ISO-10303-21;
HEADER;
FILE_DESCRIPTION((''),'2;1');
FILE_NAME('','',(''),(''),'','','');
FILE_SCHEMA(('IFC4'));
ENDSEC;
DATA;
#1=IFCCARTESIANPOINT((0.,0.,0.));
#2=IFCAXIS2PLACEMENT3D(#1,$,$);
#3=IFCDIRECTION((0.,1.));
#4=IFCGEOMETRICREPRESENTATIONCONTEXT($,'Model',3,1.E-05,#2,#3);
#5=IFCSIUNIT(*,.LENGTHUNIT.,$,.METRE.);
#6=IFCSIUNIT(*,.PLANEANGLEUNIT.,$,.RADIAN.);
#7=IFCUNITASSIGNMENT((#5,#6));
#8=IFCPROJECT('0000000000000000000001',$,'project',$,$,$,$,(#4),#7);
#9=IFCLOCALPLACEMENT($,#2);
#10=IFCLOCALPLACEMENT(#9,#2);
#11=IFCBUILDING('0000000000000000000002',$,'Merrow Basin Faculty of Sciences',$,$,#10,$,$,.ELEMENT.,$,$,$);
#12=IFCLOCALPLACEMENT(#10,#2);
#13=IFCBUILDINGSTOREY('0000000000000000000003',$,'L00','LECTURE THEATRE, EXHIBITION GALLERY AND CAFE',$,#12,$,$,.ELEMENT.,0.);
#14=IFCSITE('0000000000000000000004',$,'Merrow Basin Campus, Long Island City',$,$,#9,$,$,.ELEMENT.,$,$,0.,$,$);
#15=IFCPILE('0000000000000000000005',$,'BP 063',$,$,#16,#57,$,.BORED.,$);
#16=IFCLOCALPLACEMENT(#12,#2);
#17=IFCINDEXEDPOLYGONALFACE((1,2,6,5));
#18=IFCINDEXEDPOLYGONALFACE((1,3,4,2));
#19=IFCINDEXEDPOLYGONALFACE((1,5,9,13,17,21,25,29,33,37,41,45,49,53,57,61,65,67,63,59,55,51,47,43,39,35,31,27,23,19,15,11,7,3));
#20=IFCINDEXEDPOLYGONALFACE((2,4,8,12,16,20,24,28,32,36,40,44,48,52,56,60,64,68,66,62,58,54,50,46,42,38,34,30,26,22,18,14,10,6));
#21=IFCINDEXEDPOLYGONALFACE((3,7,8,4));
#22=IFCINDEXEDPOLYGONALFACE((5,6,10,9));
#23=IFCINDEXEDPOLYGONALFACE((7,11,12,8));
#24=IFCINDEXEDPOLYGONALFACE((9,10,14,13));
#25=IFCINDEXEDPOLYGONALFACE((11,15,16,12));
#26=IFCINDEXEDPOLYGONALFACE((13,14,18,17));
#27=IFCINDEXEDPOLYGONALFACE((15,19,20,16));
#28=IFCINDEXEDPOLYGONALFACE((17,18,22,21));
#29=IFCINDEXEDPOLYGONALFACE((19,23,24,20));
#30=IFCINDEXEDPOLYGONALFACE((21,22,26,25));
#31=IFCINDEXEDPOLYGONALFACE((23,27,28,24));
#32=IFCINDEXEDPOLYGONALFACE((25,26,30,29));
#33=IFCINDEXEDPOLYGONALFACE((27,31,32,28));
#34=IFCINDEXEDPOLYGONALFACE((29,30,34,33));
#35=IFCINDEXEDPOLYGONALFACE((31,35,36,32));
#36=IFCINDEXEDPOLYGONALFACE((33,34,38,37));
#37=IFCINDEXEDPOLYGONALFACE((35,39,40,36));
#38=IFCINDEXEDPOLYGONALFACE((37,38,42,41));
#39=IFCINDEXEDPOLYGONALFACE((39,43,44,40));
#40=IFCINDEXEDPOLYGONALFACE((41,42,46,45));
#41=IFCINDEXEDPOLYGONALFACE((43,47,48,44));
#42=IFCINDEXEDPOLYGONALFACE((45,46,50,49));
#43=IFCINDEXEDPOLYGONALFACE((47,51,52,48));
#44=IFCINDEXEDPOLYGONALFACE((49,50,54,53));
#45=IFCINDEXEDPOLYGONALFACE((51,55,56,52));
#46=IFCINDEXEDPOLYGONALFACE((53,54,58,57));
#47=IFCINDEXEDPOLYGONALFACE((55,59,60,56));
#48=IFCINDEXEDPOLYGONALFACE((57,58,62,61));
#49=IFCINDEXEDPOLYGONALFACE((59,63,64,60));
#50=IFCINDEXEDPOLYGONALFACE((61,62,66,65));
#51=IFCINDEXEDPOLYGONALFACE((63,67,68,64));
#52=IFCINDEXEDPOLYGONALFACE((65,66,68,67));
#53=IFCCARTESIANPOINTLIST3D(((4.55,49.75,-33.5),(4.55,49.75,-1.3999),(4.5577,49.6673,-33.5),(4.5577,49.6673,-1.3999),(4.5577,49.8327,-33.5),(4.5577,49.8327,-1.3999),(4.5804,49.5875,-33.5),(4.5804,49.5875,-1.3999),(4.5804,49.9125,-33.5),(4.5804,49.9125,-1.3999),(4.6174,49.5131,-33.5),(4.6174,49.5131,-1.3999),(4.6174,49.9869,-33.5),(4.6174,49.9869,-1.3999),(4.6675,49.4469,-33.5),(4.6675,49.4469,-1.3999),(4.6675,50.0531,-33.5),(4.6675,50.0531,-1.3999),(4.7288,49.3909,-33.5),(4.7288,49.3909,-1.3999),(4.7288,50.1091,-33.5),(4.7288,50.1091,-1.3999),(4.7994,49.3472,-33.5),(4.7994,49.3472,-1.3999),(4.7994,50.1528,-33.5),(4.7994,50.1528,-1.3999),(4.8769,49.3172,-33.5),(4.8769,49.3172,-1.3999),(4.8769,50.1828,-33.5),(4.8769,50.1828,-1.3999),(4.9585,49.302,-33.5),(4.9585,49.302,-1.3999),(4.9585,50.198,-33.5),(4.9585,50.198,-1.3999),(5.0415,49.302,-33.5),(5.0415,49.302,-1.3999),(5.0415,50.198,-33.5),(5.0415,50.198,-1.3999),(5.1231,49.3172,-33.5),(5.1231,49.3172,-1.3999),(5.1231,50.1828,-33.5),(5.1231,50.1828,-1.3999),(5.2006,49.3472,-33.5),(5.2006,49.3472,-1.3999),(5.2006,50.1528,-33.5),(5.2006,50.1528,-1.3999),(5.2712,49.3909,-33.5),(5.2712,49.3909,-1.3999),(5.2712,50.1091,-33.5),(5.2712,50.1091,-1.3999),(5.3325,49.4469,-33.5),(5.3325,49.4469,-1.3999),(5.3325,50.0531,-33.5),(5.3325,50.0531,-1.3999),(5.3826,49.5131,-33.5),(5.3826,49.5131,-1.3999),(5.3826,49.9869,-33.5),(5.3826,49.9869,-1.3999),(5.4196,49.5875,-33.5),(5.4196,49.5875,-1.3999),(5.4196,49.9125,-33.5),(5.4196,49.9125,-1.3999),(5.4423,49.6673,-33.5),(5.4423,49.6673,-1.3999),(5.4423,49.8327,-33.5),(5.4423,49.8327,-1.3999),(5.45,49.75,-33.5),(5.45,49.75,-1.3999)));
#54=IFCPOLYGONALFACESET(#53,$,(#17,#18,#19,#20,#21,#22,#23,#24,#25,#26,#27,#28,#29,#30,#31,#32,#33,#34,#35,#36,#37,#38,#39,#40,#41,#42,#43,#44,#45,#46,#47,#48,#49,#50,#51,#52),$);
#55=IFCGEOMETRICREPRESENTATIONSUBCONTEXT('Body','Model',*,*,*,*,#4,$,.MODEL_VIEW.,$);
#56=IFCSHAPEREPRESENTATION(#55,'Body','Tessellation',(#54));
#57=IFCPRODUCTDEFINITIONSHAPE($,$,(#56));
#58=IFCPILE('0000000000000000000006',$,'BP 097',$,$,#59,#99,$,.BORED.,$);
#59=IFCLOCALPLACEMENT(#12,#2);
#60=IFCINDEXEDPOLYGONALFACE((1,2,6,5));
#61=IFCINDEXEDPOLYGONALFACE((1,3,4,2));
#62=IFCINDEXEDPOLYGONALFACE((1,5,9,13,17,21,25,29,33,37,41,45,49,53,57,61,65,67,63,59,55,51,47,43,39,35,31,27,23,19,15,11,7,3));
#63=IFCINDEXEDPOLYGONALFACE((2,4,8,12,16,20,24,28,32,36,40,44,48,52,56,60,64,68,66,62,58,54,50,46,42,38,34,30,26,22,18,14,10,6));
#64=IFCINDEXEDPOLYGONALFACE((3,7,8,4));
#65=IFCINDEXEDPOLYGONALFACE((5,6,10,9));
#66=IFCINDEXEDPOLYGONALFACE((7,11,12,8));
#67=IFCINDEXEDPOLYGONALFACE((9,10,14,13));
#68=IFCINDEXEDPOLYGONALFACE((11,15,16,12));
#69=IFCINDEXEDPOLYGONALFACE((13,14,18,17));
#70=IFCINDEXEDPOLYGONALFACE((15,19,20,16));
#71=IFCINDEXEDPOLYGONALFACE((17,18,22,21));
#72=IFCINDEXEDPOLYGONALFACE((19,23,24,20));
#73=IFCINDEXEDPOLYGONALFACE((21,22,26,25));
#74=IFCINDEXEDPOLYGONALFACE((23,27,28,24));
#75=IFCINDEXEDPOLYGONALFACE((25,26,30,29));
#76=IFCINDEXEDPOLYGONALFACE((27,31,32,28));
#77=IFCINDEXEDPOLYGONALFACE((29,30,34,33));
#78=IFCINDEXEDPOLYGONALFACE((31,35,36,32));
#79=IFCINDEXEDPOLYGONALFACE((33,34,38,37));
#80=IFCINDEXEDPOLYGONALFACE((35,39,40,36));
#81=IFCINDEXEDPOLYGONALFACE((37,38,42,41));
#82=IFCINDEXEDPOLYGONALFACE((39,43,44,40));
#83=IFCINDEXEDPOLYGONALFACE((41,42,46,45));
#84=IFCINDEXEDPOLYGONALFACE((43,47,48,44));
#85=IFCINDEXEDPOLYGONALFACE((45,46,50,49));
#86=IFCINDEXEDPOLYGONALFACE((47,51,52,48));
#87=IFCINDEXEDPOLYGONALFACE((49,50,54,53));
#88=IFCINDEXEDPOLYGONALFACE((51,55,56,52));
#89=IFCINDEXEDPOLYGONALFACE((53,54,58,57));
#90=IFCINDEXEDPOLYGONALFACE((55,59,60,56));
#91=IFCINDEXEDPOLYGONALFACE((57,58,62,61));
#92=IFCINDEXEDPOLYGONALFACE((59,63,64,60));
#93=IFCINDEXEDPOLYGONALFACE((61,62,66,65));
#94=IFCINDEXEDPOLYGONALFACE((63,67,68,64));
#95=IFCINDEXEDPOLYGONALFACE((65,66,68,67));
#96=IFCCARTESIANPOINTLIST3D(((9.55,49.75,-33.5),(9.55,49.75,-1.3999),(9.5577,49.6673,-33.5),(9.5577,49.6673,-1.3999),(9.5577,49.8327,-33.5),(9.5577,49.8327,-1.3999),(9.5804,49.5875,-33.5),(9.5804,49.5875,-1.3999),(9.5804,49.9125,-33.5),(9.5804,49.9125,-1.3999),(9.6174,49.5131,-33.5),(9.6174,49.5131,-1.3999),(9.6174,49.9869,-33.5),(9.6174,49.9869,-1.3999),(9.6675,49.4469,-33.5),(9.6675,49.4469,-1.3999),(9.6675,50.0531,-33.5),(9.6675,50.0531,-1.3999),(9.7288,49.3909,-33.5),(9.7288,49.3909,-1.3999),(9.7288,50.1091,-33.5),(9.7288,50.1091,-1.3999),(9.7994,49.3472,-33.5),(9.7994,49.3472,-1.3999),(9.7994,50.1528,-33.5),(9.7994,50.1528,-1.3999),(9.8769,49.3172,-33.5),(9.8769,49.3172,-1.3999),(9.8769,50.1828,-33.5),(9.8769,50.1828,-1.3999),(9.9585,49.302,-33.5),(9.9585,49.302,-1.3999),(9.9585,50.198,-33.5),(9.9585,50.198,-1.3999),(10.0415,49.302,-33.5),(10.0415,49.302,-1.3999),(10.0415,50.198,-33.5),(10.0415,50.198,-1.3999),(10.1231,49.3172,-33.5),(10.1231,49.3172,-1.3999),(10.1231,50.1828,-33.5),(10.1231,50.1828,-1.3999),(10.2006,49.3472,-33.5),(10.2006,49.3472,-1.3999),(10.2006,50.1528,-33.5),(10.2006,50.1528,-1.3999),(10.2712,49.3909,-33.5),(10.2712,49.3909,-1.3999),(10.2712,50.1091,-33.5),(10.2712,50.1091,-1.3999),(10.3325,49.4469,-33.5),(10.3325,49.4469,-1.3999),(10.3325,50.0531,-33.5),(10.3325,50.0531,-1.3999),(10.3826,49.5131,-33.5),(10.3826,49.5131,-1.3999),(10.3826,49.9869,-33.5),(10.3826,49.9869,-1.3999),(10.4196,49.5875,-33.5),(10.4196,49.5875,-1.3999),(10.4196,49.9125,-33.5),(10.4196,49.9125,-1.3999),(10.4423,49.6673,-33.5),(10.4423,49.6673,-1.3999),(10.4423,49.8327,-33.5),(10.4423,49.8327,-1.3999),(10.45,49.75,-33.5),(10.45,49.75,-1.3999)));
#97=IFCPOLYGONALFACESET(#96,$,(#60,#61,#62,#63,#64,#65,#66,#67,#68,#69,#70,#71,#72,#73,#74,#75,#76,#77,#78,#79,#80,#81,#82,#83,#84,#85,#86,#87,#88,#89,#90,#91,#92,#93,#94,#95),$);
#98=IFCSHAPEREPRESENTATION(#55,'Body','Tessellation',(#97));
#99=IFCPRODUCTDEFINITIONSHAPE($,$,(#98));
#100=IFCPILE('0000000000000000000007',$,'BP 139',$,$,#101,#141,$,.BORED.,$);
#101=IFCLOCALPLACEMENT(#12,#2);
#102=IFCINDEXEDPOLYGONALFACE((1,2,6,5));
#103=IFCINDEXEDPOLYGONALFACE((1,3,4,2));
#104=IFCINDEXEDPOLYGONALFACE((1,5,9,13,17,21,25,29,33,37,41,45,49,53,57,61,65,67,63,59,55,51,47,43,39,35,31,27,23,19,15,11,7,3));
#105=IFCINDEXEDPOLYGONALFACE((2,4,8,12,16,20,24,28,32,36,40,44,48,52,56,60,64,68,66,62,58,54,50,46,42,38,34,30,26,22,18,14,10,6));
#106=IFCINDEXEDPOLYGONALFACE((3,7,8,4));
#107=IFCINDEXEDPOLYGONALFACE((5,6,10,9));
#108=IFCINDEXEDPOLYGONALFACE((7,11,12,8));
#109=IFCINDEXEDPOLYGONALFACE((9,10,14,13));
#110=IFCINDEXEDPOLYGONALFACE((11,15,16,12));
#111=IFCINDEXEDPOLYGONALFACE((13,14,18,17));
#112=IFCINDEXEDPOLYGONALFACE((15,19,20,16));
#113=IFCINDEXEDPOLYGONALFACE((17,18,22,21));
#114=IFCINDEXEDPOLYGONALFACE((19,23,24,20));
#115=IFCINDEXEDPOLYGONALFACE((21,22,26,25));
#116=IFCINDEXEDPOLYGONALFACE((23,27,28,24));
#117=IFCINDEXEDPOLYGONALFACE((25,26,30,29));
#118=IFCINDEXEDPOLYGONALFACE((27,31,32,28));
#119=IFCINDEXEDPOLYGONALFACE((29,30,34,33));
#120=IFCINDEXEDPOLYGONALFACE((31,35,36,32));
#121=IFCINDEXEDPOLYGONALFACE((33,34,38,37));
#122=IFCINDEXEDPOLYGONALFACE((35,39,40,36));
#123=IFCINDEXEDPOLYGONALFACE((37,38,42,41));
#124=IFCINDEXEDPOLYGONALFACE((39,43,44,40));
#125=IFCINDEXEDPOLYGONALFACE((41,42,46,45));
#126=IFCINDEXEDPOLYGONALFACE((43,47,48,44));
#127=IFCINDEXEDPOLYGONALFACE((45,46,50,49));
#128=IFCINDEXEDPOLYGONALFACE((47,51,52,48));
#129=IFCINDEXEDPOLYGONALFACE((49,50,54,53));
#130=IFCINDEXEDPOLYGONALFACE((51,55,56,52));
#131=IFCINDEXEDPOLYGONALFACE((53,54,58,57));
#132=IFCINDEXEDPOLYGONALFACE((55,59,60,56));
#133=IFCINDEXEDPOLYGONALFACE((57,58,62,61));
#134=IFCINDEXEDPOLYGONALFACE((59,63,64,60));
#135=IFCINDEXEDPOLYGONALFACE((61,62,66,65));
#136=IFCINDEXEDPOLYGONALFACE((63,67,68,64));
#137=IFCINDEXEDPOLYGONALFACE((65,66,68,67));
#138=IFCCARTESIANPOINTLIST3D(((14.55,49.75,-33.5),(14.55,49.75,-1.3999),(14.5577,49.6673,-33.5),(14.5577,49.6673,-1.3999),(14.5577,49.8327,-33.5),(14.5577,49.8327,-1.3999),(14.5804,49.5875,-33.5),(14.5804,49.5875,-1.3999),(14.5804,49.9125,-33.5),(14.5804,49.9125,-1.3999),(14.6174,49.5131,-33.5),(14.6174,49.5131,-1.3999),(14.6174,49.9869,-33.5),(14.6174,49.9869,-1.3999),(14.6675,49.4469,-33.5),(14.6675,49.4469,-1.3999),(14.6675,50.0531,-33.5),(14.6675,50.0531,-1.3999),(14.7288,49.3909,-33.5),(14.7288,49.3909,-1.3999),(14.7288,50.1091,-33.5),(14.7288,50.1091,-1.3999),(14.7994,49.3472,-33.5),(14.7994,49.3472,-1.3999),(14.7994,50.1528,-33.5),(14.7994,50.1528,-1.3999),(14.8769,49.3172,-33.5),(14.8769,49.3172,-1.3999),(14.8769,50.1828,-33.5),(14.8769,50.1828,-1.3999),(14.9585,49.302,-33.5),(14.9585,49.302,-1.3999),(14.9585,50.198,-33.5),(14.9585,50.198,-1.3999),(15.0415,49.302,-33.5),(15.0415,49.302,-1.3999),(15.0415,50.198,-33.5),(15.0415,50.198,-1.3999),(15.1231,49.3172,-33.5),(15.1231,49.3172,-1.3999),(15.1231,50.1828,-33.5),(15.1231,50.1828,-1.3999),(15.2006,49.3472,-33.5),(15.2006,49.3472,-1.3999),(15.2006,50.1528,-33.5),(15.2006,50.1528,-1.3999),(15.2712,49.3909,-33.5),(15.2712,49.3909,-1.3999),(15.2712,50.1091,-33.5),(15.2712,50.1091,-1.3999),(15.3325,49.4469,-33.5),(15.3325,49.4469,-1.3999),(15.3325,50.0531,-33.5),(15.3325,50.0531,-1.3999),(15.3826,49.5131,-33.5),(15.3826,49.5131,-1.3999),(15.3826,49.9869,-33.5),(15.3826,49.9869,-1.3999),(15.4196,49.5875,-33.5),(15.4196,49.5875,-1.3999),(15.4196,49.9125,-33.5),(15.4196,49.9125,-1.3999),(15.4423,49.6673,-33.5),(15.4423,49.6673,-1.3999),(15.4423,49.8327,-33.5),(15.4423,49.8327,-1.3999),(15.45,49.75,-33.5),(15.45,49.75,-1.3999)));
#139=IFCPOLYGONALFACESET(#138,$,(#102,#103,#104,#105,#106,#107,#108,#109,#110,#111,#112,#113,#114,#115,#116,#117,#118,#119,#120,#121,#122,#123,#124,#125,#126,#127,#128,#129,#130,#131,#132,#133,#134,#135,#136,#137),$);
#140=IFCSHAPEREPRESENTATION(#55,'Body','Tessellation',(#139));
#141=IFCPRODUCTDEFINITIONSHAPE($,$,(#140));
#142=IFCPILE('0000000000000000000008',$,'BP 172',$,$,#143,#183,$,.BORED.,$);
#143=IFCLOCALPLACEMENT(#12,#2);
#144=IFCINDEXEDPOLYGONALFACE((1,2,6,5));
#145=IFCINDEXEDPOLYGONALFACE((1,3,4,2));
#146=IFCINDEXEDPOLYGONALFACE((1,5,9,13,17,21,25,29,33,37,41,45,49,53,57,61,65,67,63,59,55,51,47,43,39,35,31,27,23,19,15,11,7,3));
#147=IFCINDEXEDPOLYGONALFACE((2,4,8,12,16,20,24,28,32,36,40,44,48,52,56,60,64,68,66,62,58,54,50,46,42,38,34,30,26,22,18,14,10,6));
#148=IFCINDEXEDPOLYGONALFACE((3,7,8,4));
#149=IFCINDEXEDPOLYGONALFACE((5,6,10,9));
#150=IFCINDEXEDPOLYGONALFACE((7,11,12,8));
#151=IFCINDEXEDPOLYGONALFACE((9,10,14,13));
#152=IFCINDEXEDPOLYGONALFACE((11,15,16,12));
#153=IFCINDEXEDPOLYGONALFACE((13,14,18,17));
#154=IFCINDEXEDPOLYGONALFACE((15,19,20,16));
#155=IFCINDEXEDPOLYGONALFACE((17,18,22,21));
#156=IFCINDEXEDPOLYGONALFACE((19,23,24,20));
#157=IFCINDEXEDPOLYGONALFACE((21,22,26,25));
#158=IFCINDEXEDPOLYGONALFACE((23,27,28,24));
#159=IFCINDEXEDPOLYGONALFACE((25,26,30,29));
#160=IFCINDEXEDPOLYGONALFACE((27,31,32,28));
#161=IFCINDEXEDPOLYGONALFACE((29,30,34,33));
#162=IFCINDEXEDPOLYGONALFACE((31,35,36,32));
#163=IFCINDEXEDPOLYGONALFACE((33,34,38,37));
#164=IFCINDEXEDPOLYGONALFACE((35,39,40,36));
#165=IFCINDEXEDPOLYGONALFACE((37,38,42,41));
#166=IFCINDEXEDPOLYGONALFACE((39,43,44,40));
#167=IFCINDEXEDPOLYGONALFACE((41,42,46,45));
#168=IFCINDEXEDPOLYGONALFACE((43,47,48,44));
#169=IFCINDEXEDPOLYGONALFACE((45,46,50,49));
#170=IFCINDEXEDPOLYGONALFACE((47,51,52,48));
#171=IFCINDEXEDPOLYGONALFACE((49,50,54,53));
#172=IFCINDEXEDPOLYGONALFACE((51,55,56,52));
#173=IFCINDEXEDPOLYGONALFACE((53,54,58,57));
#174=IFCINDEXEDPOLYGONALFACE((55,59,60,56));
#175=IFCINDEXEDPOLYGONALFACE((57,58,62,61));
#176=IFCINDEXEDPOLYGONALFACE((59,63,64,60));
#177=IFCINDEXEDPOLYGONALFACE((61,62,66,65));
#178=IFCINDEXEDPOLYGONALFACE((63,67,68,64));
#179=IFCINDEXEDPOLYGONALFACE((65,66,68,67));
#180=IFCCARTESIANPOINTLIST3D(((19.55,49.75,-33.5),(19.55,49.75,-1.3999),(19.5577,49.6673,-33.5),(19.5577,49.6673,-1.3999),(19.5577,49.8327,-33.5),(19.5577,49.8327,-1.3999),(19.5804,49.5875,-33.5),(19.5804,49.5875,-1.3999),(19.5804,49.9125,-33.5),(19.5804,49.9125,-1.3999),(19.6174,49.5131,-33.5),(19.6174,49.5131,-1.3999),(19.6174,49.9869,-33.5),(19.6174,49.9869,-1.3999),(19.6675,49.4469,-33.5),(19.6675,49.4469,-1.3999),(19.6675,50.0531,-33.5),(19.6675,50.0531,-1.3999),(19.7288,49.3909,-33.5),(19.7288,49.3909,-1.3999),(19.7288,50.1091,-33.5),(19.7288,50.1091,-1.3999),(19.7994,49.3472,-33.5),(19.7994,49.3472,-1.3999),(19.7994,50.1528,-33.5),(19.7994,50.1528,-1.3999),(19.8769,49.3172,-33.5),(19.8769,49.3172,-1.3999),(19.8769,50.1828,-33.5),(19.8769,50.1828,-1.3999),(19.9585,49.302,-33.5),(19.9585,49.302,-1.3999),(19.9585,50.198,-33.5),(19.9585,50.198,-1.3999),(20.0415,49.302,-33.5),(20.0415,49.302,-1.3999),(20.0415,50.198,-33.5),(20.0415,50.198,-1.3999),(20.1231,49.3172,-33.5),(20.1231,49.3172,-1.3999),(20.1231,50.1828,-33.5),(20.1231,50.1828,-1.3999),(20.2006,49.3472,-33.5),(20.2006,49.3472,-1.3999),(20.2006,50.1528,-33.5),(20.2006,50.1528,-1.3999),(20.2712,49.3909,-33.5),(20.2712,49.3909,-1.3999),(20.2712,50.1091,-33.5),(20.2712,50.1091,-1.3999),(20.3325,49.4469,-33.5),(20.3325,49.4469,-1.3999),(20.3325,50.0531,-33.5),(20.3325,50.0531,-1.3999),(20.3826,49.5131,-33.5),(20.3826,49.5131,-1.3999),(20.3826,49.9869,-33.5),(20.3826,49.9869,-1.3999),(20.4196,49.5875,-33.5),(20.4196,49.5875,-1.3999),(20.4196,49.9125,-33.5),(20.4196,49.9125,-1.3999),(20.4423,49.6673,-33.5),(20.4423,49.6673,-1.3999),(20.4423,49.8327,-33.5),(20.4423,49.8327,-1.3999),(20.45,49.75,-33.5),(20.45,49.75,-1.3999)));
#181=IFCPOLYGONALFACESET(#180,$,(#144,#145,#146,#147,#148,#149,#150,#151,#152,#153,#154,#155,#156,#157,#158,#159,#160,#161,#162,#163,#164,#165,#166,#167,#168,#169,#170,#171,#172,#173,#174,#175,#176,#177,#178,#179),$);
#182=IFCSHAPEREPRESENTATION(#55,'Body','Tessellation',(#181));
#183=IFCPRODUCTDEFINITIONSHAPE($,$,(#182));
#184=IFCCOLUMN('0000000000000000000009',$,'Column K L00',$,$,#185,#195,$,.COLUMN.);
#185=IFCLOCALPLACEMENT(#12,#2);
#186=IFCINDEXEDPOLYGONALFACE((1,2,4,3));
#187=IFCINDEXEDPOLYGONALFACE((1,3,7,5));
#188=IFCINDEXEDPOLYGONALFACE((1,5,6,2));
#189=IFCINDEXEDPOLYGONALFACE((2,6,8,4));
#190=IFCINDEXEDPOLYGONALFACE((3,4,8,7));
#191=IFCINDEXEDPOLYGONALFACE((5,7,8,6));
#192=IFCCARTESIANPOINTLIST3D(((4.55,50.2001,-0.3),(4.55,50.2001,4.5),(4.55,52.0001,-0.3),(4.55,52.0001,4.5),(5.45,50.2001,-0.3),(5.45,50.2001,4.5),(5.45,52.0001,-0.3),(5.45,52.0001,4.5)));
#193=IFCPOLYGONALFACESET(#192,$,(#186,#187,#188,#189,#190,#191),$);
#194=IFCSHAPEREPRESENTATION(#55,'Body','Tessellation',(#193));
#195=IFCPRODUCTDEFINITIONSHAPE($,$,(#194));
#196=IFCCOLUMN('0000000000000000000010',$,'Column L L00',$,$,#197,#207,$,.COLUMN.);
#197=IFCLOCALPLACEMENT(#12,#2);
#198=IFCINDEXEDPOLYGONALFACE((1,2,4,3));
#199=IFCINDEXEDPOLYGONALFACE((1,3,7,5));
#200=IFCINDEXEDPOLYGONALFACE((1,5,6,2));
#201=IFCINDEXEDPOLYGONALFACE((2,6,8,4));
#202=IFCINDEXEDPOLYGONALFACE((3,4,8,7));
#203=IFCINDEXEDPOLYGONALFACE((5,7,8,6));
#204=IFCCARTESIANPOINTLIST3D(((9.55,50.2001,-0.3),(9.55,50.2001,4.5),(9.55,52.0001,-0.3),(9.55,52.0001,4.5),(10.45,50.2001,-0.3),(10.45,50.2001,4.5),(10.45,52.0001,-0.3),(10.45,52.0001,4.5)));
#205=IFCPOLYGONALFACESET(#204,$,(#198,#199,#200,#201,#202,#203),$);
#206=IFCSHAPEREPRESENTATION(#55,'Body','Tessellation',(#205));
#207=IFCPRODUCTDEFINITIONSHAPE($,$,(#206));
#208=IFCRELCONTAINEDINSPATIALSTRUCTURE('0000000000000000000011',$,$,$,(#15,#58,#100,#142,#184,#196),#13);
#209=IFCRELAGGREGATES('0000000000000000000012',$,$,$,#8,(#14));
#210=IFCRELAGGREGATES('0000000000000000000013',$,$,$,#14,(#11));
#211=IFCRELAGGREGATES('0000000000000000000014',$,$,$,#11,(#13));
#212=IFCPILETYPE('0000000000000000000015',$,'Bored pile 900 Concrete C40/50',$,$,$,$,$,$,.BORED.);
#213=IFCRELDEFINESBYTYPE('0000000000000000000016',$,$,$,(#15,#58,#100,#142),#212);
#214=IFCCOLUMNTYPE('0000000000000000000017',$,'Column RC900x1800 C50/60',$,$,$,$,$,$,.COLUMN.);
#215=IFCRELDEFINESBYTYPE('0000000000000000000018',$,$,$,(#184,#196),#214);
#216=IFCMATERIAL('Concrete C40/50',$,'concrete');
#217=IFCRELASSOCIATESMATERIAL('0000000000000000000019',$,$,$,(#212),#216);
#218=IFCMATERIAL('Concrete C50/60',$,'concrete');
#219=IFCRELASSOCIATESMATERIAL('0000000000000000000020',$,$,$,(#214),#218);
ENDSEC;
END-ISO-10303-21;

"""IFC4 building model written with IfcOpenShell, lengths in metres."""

from ifc_helpers import new_model, si_unit, direction, frame, origin, origin_2d, place, context, subcontext, project, spatial, rectangle, circle, extrude, material, material_profile, profile_set, type_object, element, save


model = new_model("IFC4")

# Units and contexts
model_context = context("Model", 3, precision=1e-05, world=origin(), true_north=direction((0.0, 1.0)))
body_context = subcontext(model_context, "Body", "Model", "MODEL_VIEW")
ifc_project = project(units=[si_unit("LENGTHUNIT", "METRE"), si_unit("PLANEANGLEUNIT", "RADIAN")], contexts=[model_context])

# Site, building, storey
site_placement = place(None, origin())
site = spatial("IfcSite", under=ifc_project, at=site_placement, Name="Merrow Basin Campus, Long Island City", CompositionType="ELEMENT", RefElevation=0.0)
building_placement = place(site_placement, origin())
building = spatial("IfcBuilding", under=site, at=building_placement, Name="Merrow Basin Faculty of Sciences", CompositionType="ELEMENT")
storey_placement = place(building_placement, origin())
storey = spatial("IfcBuildingStorey", under=building, at=storey_placement, Name="L00", Description="LECTURE THEATRE, EXHIBITION GALLERY AND CAFE", CompositionType="ELEMENT", Elevation=0.0)

# Piles
ifc_material_1 = material(Name="Concrete C40/50", Category="concrete")
ifc_material_profile_1 = material_profile(ifc_material_1, circle(Radius=0.45, at=origin_2d()))
ifc_profile_set_1 = profile_set([ifc_material_profile_1], Name="Concrete C40/50")
pile_type_1 = type_object("IfcPileType", Name="Bored pile 900 Concrete C40/50", PredefinedType="BORED", material=ifc_profile_set_1)
for number, where, z_axis, x_axis, name in (
    (1, (5.0, 49.75, -1.3999), (0.0, 0.0, -1.0), (1.0, 0.0, 0.0), "BP 063"),
    (2, (10.0, 49.75, -1.3999), (0.0, 0.0, -1.0), (1.0, 0.0, 0.0), "BP 097"),
    (3, (15.0, 49.75, -1.3999), (0.0, 0.0, -1.0), (1.0, 0.0, 0.0), "BP 139"),
    (4, (20.0, 49.75, -1.3999), (0.0, 0.0, -1.0), (1.0, 0.0, 0.0), "BP 172"),
):
    element("IfcPile", number, at=place(storey_placement, frame(where, z_axis=z_axis, x_axis=x_axis)), inside=storey, type_object=pile_type_1, Name=name, PredefinedType="BORED", context=body_context, shape_type="SweptSolid", body=[
        extrude(circle(Radius=0.45, at=origin_2d()), origin(), (0.0, 0.0, 1.0), 32.1001),
    ])

# Columns
ifc_material_2 = material(Name="Concrete C50/60", Category="concrete")
ifc_material_profile_2 = material_profile(ifc_material_2, rectangle(XDim=0.8999, YDim=1.8, at=origin_2d()))
ifc_profile_set_2 = profile_set([ifc_material_profile_2], Name="Concrete C50/60")
column_type = type_object("IfcColumnType", Name="Column RC900x1800 C50/60", PredefinedType="COLUMN", material=ifc_profile_set_2)
for number, where, z_axis, x_axis, name in (
    (5, (5.0, 51.1001, -0.3), (0.0, 0.0, 1.0), (1.0, 0.0, 0.0), "Column K L00"),
    (6, (10.0, 51.1001, -0.3), (0.0, 0.0, 1.0), (1.0, 0.0, 0.0), "Column L L00"),
):
    element("IfcColumn", number, at=place(storey_placement, frame(where, z_axis=z_axis, x_axis=x_axis)), inside=storey, type_object=column_type, Name=name, PredefinedType="COLUMN", context=body_context, shape_type="SweptSolid", body=[
        extrude(rectangle(XDim=0.8999, YDim=1.8, at=origin_2d()), origin(), (0.0, 0.0, 1.0), 4.8),
    ])

save(model, "model.ifc")
